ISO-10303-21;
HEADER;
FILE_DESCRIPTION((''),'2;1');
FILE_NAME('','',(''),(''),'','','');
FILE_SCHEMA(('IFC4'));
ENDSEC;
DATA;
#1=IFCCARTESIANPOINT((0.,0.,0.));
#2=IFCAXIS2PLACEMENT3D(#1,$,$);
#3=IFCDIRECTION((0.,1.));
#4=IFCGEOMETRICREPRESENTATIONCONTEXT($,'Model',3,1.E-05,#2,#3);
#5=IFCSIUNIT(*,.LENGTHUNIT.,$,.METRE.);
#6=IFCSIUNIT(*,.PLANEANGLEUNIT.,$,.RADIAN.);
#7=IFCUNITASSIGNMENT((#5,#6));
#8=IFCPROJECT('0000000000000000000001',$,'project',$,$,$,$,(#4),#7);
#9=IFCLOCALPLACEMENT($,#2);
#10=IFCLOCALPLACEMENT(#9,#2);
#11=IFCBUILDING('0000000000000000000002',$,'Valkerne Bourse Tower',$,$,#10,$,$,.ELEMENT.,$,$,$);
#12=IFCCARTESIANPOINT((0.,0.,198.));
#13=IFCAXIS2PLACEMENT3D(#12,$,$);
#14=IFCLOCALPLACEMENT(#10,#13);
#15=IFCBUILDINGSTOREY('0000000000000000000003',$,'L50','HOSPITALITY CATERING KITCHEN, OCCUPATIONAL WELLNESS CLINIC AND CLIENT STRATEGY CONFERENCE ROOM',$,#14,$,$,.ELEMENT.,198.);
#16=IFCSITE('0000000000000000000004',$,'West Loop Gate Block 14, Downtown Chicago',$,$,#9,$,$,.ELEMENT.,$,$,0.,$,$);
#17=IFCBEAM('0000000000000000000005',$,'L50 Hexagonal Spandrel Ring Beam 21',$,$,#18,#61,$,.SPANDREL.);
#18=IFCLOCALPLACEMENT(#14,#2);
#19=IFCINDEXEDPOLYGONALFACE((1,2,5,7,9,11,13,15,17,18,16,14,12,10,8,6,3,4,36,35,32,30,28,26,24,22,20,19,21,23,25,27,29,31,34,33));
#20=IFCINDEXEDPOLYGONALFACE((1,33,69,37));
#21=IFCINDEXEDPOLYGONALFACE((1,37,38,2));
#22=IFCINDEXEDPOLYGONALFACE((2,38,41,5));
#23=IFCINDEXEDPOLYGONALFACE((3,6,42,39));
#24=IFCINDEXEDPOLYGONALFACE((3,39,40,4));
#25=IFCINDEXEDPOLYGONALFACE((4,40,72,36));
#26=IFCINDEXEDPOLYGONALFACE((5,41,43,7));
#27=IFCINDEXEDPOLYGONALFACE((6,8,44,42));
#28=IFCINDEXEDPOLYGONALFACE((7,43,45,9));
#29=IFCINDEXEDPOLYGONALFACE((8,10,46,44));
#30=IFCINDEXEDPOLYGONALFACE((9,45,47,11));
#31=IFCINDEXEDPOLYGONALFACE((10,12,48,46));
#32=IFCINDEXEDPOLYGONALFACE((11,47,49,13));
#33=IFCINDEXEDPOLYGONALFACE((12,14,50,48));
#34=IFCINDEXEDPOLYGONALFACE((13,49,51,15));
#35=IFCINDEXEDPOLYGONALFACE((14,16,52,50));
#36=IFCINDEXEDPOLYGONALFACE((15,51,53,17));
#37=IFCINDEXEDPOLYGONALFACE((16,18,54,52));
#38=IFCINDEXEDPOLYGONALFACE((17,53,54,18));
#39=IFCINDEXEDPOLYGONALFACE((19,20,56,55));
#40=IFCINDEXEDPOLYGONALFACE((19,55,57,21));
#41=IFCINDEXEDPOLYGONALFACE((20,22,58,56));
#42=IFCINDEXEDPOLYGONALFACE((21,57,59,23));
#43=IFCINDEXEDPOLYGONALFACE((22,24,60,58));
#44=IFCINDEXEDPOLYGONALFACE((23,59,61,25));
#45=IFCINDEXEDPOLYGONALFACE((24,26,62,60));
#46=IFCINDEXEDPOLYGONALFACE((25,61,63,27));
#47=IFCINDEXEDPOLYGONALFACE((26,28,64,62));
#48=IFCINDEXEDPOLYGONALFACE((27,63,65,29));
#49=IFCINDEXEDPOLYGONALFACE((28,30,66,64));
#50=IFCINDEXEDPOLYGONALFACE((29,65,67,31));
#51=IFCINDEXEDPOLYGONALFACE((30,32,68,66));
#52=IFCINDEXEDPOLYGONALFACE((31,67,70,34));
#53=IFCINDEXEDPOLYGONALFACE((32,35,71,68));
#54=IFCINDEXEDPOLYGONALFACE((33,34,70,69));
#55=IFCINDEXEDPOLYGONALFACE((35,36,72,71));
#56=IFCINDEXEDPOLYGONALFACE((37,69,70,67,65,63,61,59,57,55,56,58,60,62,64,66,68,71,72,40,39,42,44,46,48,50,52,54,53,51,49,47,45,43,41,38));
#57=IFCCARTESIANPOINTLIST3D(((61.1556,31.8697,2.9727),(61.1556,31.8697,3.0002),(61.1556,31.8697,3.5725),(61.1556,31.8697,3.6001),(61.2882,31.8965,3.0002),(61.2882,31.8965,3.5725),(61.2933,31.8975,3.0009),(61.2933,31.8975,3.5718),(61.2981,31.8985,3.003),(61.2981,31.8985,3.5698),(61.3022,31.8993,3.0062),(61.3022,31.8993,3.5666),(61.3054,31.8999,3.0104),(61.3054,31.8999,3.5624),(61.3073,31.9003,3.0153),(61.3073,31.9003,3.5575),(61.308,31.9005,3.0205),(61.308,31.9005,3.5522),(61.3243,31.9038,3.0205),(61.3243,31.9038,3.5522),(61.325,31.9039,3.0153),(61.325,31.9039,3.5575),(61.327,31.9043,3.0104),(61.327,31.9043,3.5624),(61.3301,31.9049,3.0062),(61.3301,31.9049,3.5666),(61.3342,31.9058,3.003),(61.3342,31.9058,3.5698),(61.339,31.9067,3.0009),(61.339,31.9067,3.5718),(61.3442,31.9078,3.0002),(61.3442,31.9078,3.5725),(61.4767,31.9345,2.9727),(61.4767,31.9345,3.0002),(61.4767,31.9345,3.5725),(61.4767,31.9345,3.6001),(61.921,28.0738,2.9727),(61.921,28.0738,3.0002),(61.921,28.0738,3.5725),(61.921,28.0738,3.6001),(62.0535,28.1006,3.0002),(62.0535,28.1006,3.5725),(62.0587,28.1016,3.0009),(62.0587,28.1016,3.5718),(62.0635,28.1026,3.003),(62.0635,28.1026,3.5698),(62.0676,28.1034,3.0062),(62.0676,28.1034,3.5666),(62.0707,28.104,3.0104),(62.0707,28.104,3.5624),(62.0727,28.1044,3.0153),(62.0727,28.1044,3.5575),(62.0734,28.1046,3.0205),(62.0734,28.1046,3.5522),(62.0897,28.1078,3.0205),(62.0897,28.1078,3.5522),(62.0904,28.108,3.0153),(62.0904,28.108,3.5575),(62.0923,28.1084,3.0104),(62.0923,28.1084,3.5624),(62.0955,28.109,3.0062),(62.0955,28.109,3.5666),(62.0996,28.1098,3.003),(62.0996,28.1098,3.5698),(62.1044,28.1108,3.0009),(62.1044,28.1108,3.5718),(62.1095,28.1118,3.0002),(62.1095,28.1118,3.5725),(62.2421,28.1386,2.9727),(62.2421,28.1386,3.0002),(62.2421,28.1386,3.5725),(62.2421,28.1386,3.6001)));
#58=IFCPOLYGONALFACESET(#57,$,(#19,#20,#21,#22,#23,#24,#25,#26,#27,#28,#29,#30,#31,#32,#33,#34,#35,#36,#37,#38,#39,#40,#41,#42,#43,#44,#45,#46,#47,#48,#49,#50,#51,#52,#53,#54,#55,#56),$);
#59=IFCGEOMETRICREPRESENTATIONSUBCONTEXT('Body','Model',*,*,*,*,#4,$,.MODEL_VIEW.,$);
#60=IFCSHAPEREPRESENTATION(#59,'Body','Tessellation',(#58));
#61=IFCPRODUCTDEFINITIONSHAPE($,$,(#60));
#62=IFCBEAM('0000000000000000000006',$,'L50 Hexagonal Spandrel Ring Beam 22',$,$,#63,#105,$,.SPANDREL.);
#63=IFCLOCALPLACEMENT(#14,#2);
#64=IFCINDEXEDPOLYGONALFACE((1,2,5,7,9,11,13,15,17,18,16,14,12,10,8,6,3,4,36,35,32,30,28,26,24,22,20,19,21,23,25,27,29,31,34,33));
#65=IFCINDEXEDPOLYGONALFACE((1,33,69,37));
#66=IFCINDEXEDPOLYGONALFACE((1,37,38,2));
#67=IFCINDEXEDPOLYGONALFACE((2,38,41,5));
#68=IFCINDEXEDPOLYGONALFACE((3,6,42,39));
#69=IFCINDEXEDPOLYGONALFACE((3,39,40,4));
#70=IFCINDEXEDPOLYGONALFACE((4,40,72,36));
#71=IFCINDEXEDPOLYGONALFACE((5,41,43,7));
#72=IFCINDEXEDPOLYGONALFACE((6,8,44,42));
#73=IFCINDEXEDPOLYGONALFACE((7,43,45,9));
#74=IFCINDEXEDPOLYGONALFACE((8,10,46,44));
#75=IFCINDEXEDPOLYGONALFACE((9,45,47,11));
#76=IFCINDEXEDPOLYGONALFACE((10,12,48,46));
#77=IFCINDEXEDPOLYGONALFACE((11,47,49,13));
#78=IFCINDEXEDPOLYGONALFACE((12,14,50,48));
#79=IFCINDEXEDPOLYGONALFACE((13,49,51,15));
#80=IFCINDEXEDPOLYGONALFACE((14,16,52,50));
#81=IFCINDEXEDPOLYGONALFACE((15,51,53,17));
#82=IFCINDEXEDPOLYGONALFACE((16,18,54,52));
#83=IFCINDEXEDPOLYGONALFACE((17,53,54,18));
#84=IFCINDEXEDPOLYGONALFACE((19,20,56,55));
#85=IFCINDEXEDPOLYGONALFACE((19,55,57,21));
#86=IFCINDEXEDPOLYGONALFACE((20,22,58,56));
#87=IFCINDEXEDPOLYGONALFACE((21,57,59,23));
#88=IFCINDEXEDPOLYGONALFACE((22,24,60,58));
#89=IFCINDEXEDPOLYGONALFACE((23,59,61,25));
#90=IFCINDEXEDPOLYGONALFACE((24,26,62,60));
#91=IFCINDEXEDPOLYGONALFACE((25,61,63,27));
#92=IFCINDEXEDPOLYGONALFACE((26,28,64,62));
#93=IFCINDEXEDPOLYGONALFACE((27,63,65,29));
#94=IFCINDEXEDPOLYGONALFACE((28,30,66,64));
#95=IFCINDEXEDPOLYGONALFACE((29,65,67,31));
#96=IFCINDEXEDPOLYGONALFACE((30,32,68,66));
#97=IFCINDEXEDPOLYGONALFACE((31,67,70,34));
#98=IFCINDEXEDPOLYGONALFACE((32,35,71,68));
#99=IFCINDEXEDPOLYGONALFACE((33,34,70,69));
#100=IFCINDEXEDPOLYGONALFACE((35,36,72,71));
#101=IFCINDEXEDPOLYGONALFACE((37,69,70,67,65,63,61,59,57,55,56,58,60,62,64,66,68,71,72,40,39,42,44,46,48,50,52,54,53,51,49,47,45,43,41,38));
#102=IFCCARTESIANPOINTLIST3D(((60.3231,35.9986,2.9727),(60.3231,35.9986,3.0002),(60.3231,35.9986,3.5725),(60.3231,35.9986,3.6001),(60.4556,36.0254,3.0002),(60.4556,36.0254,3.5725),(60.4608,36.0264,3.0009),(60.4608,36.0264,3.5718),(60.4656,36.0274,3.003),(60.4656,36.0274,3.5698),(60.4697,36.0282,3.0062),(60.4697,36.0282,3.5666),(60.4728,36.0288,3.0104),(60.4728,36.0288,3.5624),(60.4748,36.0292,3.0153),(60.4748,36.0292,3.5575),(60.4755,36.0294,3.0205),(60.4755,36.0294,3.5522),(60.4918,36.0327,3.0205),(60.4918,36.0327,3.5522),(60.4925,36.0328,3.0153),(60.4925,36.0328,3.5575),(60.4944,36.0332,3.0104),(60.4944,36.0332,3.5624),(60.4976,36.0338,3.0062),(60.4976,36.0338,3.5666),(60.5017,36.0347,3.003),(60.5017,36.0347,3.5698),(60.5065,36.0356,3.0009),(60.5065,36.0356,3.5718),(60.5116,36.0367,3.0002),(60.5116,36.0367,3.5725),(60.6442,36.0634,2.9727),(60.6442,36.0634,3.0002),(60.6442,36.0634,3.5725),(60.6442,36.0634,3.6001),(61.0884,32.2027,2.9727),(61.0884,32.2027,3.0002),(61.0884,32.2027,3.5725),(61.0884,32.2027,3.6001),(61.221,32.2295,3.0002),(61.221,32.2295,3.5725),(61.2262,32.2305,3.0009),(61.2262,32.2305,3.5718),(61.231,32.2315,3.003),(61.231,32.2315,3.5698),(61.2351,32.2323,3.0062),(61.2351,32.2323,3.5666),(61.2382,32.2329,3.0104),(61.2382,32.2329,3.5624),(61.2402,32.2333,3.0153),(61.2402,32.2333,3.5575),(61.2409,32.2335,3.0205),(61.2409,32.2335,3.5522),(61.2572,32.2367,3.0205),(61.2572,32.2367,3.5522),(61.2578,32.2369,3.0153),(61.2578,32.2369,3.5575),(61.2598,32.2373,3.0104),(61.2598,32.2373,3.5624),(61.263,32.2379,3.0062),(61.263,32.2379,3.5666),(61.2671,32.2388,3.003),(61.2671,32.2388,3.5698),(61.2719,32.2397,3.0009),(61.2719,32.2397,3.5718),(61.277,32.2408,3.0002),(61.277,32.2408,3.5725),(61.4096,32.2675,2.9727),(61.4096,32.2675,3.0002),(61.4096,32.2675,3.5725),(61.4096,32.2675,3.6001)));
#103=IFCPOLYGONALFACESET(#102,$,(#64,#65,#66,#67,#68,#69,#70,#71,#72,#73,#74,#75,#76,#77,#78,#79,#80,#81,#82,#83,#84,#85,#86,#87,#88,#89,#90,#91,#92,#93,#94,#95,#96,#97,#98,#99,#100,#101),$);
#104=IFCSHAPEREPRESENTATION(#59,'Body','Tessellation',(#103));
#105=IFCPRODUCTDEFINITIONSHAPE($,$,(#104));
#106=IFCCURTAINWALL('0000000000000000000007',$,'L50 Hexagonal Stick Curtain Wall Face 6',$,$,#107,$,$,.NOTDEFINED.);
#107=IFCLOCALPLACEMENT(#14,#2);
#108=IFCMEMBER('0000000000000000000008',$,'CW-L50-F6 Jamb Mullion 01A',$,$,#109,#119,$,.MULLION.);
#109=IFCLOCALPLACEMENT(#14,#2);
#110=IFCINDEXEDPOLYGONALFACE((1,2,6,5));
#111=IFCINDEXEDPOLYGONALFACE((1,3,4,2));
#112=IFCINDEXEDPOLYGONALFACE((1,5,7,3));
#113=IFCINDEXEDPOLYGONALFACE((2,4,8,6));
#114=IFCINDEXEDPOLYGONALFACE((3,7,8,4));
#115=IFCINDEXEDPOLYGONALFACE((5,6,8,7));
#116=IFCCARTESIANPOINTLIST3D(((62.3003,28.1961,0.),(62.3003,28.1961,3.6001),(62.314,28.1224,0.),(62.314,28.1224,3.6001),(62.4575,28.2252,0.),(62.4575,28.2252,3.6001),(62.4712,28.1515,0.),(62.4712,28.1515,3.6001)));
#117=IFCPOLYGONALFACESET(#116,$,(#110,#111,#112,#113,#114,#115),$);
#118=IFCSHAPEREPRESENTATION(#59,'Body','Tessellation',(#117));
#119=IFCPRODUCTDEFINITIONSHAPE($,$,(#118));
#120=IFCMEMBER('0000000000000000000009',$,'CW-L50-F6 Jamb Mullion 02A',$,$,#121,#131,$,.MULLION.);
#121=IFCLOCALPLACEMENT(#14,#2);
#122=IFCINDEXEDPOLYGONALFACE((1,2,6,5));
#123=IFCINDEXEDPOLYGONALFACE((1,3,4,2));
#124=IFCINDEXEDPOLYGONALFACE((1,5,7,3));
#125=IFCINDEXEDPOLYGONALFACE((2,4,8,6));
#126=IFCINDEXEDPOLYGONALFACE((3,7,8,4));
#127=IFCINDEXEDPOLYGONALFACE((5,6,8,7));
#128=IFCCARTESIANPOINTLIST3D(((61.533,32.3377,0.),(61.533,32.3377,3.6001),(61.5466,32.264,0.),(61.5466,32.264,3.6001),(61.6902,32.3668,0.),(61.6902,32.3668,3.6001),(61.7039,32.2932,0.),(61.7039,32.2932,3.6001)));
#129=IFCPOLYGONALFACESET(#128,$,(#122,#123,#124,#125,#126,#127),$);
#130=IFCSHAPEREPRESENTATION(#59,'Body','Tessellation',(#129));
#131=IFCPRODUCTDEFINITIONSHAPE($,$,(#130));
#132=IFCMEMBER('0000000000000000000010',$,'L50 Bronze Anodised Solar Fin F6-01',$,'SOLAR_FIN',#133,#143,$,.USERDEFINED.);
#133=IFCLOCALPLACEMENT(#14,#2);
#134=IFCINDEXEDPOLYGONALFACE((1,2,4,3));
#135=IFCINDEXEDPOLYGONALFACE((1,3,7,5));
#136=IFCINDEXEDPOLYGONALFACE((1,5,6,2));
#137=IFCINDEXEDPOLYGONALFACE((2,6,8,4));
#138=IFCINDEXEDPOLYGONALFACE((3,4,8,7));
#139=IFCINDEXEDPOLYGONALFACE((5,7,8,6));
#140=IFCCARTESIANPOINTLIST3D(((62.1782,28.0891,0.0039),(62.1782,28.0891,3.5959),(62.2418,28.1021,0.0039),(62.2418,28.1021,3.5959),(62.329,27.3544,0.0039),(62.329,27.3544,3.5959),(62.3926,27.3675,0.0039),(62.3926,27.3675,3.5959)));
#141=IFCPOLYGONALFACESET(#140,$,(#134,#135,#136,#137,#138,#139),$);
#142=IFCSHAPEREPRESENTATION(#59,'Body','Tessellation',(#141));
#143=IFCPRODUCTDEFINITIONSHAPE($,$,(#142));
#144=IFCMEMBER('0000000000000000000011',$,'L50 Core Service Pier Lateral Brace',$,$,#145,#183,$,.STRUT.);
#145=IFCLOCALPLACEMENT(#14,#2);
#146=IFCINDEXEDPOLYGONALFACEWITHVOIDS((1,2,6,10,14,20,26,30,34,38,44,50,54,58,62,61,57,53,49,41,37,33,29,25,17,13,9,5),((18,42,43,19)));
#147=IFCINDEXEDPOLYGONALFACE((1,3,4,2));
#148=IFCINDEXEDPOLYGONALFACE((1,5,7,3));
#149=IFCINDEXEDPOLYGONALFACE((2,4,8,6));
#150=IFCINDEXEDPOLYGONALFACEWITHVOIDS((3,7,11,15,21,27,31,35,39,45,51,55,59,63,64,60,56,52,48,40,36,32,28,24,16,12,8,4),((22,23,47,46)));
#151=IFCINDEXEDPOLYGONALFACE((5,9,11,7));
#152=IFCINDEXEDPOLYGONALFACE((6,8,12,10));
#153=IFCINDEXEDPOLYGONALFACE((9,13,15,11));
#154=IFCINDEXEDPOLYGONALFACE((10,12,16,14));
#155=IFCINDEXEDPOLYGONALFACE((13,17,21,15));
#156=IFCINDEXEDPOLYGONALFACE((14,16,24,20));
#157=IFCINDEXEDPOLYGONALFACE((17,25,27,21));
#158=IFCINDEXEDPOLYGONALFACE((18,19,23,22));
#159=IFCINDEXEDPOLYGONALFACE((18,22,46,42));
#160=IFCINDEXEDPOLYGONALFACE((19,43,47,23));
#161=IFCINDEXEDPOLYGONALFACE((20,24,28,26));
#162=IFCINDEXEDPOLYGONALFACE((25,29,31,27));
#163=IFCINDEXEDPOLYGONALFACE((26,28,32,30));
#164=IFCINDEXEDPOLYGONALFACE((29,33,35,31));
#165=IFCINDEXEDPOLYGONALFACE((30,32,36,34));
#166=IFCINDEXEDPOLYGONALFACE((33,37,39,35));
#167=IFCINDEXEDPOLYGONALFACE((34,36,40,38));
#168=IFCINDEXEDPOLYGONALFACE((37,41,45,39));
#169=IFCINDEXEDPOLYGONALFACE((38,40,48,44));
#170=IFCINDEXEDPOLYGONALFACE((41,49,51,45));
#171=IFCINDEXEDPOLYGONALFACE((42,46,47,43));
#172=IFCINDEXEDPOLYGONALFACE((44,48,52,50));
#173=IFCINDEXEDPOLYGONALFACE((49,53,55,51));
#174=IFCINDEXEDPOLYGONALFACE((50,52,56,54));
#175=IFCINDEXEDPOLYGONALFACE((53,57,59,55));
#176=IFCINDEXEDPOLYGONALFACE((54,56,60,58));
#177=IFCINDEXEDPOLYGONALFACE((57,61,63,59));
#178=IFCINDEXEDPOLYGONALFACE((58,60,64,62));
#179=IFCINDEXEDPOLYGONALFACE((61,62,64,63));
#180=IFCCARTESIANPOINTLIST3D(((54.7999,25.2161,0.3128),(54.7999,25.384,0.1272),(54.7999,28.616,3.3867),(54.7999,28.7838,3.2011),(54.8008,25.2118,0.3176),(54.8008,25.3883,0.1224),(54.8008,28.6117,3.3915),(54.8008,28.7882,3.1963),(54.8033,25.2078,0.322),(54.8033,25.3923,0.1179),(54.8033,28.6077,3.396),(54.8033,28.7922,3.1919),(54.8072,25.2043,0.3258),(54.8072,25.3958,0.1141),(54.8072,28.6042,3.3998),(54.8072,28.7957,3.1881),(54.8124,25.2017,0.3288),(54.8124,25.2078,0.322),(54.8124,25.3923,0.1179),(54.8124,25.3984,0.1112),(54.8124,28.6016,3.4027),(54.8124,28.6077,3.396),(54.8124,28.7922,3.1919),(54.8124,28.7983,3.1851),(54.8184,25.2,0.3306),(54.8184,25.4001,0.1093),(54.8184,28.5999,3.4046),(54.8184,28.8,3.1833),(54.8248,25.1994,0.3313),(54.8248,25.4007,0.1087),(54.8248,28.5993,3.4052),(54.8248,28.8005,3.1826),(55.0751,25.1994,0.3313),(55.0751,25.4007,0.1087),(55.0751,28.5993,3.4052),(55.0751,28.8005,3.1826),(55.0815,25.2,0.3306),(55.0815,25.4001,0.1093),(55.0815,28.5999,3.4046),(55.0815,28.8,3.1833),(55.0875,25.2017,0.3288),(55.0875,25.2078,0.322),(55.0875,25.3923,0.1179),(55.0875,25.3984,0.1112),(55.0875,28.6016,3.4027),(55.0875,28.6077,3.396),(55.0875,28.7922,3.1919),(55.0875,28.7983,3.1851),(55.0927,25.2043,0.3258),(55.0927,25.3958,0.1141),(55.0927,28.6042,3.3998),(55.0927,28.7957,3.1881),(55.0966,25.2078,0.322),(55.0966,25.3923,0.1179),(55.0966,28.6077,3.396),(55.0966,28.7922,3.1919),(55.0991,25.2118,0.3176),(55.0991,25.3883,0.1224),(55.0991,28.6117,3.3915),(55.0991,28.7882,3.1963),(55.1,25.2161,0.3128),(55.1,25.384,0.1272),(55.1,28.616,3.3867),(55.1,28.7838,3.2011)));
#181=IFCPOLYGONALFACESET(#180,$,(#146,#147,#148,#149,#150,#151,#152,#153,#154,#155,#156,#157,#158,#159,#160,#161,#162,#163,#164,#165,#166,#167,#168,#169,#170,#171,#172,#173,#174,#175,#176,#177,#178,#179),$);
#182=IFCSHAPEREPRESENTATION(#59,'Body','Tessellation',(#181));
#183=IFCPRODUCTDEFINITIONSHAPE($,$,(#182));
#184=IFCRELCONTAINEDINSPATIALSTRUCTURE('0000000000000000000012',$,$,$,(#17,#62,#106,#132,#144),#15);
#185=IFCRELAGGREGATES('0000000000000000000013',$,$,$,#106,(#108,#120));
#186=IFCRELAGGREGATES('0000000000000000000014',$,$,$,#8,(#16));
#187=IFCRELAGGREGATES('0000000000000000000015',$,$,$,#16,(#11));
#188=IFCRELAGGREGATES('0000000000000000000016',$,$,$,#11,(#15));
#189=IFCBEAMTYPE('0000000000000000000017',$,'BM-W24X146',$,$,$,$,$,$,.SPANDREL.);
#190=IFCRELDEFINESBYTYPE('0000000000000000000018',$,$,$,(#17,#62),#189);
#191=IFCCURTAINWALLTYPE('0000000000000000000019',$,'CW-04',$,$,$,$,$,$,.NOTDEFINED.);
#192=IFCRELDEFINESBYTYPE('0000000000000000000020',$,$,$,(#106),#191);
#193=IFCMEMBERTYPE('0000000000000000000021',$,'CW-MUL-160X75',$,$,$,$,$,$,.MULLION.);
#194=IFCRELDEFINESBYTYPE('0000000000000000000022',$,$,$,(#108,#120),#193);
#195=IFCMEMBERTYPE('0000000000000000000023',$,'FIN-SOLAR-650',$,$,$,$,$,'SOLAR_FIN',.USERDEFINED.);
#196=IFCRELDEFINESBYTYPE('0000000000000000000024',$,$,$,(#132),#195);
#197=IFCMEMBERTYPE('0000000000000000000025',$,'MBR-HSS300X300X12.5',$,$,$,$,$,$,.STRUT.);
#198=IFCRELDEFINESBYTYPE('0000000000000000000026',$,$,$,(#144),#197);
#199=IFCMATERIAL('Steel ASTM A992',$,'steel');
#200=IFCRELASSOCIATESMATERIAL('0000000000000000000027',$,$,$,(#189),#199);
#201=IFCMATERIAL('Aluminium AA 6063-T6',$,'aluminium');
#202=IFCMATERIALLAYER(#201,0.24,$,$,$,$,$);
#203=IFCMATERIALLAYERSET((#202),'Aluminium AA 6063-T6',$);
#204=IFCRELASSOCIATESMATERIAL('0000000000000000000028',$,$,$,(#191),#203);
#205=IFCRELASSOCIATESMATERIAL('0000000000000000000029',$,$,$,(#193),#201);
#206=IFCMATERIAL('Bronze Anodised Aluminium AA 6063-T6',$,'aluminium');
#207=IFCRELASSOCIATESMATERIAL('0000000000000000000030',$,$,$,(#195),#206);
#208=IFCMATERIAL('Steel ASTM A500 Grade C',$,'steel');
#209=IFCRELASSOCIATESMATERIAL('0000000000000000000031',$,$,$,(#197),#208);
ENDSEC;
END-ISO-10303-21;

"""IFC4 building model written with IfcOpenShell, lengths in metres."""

from ifc_helpers import new_model, si_unit, direction, frame, origin, origin_2d, place, context, subcontext, project, spatial, rectangle, hollow_rectangle, i_section, extrude, material, layer, layer_set, material_profile, profile_set, type_object, element, aggregate, save


model = new_model("IFC4")

# Units and contexts
model_context = context("Model", 3, precision=1e-05, world=origin(), true_north=direction((0.0, 1.0)))
body_context = subcontext(model_context, "Body", "Model", "MODEL_VIEW")
ifc_project = project(units=[si_unit("LENGTHUNIT", "METRE"), si_unit("PLANEANGLEUNIT", "RADIAN")], contexts=[model_context])

# Site, building, storey
site_placement = place(None, origin())
site = spatial("IfcSite", under=ifc_project, at=site_placement, Name="West Loop Gate Block 14, Downtown Chicago", CompositionType="ELEMENT", RefElevation=0.0)
building_placement = place(site_placement, origin())
building = spatial("IfcBuilding", under=site, at=building_placement, Name="Valkerne Bourse Tower", CompositionType="ELEMENT")
storey_placement = place(building_placement, frame((0.0, 0.0, 198.0)))
storey = spatial("IfcBuildingStorey", under=building, at=storey_placement, Name="L50", Description="HOSPITALITY CATERING KITCHEN, OCCUPATIONAL WELLNESS CLINIC AND CLIENT STRATEGY CONFERENCE ROOM", CompositionType="ELEMENT", Elevation=198.0)

# Beams
ifc_material_1 = material(Name="Steel ASTM A992", Category="steel")
ifc_material_profile_1 = material_profile(ifc_material_1, i_section(OverallWidth=0.3276, OverallDepth=0.6274, WebThickness=0.0166, FlangeThickness=0.0276, FilletRadius=0.0203, at=origin_2d()), Name="W24X146")
ifc_profile_set_1 = profile_set([ifc_material_profile_1], Name="Steel ASTM A992")
beam_type_1 = type_object("IfcBeamType", Name="BM-W24X146", PredefinedType="SPANDREL", material=ifc_profile_set_1)
for number, where, z_axis, x_axis, name in (
    (1, (62.0815, 28.1062, 3.2864), (-0.197656, 0.980272, 0.0), (-0.980272, -0.197656, 0.0), "L50 Hexagonal Spandrel Ring Beam 21"),
    (2, (61.249, 32.2351, 3.2864), (-0.197656, 0.980272, 0.0), (-0.980272, -0.197656, 0.0), "L50 Hexagonal Spandrel Ring Beam 22"),
):
    element("IfcBeam", number, at=place(storey_placement, frame(where, z_axis=z_axis, x_axis=x_axis)), inside=storey, type_object=beam_type_1, Name=name, PredefinedType="SPANDREL", context=body_context, shape_type="SweptSolid", body=[
        extrude(i_section(OverallWidth=0.3276, OverallDepth=0.6274, WebThickness=0.0166, FlangeThickness=0.0276, FilletRadius=0.0203, at=origin_2d()), origin(), (0.0, 0.0, 1.0), 3.8723),
    ])

# Curtain wall, members
ifc_material_2 = material(Name="Aluminium AA 6063-T6", Category="aluminium")
ifc_layer_1 = layer(ifc_material_2, 0.24)
ifc_layer_set_1 = layer_set([ifc_layer_1], Name="Aluminium AA 6063-T6")
curtain_wall_type = type_object("IfcCurtainWallType", Name="CW-04", PredefinedType="NOTDEFINED", material=ifc_layer_set_1)
curtain_wall_placement = place(storey_placement, origin())
curtain_wall = element("IfcCurtainWall", 3, at=curtain_wall_placement, inside=storey, type_object=curtain_wall_type, Name="L50 Hexagonal Stick Curtain Wall Face 6", PredefinedType="NOTDEFINED")
ifc_material_profile_2 = material_profile(ifc_material_2, rectangle(XDim=0.075, YDim=0.1599, at=origin_2d()), Name="CWM-75X160")
ifc_profile_set_2 = profile_set([ifc_material_profile_2], Name="Aluminium AA 6063-T6")
member_type_1 = type_object("IfcMemberType", Name="CW-MUL-160X75", PredefinedType="MULLION", material=ifc_profile_set_2)
member_1_placement = place(storey_placement, frame((62.3857, 28.1738, 0.0), z_axis=(0.0, 0.0, 1.0), x_axis=(-0.182217, 0.983258, 0.0)))
member_1 = element("IfcMember", 4, at=member_1_placement, type_object=member_type_1, Name="CW-L50-F6 Jamb Mullion 01A", PredefinedType="MULLION", context=body_context, shape_type="SweptSolid", body=[
    extrude(rectangle(XDim=0.075, YDim=0.1599, at=origin_2d()), origin(), (0.0, 0.0, 1.0), 3.6001),
])
member_2_placement = place(storey_placement, frame((61.6184, 32.3154, 0.0), z_axis=(0.0, 0.0, 1.0), x_axis=(-0.18224, 0.983254, 0.0)))
member_2 = element("IfcMember", 5, at=member_2_placement, type_object=member_type_1, Name="CW-L50-F6 Jamb Mullion 02A", PredefinedType="MULLION", context=body_context, shape_type="SweptSolid", body=[
    extrude(rectangle(XDim=0.075, YDim=0.1599, at=origin_2d()), origin(), (0.0, 0.0, 1.0), 3.6001),
])

# Members
ifc_material_3 = material(Name="Bronze Anodised Aluminium AA 6063-T6", Category="aluminium")
ifc_material_profile_3 = material_profile(ifc_material_3, rectangle(XDim=0.0649, YDim=0.75, at=origin_2d()), Name="FIN-65X750")
ifc_profile_set_3 = profile_set([ifc_material_profile_3], Name="Bronze Anodised Aluminium AA 6063-T6")
member_type_2 = type_object("IfcMemberType", Name="FIN-SOLAR-650", ElementType="SOLAR_FIN", PredefinedType="USERDEFINED", material=ifc_profile_set_3)
member_3_placement = place(storey_placement, frame((62.2854, 27.7283, 0.0039), z_axis=(0.0, 0.0, 1.0), x_axis=(0.979584, 0.201037, 0.0)))
element("IfcMember", 6, at=member_3_placement, inside=storey, type_object=member_type_2, Name="L50 Bronze Anodised Solar Fin F6-01", ObjectType="SOLAR_FIN", PredefinedType="USERDEFINED", context=body_context, shape_type="SweptSolid", body=[
    extrude(rectangle(XDim=0.0649, YDim=0.75, at=origin_2d()), origin(), (0.0, 0.0, 1.0), 3.592),
])
ifc_material_4 = material(Name="Steel ASTM A500 Grade C", Category="steel")
ifc_material_profile_4 = material_profile(ifc_material_4, hollow_rectangle(XDim=0.3, YDim=0.3, WallThickness=0.0125, OuterFilletRadius=0.0249, at=origin_2d()), Name="HSS300X300X12.5")
ifc_profile_set_4 = profile_set([ifc_material_profile_4], Name="Steel ASTM A500 Grade C")
member_type_3 = type_object("IfcMemberType", Name="MBR-HSS300X300X12.5", PredefinedType="STRUT", material=ifc_profile_set_4)
member_4_placement = place(storey_placement, frame((54.95, 25.3, 0.22), z_axis=(0.0, 0.741767, 0.670658), x_axis=(-1.0, 0.0, 0.0)))
element("IfcMember", 7, at=member_4_placement, inside=storey, type_object=member_type_3, Name="L50 Core Service Pier Lateral Brace", PredefinedType="STRUT", context=body_context, shape_type="SweptSolid", body=[
    extrude(hollow_rectangle(XDim=0.3, YDim=0.3, WallThickness=0.0125, OuterFilletRadius=0.0249, at=origin_2d()), origin(), (0.0, 0.0, 1.0), 4.5835),
])

aggregate(curtain_wall, [member_1, member_2])

save(model, "model.ifc")
